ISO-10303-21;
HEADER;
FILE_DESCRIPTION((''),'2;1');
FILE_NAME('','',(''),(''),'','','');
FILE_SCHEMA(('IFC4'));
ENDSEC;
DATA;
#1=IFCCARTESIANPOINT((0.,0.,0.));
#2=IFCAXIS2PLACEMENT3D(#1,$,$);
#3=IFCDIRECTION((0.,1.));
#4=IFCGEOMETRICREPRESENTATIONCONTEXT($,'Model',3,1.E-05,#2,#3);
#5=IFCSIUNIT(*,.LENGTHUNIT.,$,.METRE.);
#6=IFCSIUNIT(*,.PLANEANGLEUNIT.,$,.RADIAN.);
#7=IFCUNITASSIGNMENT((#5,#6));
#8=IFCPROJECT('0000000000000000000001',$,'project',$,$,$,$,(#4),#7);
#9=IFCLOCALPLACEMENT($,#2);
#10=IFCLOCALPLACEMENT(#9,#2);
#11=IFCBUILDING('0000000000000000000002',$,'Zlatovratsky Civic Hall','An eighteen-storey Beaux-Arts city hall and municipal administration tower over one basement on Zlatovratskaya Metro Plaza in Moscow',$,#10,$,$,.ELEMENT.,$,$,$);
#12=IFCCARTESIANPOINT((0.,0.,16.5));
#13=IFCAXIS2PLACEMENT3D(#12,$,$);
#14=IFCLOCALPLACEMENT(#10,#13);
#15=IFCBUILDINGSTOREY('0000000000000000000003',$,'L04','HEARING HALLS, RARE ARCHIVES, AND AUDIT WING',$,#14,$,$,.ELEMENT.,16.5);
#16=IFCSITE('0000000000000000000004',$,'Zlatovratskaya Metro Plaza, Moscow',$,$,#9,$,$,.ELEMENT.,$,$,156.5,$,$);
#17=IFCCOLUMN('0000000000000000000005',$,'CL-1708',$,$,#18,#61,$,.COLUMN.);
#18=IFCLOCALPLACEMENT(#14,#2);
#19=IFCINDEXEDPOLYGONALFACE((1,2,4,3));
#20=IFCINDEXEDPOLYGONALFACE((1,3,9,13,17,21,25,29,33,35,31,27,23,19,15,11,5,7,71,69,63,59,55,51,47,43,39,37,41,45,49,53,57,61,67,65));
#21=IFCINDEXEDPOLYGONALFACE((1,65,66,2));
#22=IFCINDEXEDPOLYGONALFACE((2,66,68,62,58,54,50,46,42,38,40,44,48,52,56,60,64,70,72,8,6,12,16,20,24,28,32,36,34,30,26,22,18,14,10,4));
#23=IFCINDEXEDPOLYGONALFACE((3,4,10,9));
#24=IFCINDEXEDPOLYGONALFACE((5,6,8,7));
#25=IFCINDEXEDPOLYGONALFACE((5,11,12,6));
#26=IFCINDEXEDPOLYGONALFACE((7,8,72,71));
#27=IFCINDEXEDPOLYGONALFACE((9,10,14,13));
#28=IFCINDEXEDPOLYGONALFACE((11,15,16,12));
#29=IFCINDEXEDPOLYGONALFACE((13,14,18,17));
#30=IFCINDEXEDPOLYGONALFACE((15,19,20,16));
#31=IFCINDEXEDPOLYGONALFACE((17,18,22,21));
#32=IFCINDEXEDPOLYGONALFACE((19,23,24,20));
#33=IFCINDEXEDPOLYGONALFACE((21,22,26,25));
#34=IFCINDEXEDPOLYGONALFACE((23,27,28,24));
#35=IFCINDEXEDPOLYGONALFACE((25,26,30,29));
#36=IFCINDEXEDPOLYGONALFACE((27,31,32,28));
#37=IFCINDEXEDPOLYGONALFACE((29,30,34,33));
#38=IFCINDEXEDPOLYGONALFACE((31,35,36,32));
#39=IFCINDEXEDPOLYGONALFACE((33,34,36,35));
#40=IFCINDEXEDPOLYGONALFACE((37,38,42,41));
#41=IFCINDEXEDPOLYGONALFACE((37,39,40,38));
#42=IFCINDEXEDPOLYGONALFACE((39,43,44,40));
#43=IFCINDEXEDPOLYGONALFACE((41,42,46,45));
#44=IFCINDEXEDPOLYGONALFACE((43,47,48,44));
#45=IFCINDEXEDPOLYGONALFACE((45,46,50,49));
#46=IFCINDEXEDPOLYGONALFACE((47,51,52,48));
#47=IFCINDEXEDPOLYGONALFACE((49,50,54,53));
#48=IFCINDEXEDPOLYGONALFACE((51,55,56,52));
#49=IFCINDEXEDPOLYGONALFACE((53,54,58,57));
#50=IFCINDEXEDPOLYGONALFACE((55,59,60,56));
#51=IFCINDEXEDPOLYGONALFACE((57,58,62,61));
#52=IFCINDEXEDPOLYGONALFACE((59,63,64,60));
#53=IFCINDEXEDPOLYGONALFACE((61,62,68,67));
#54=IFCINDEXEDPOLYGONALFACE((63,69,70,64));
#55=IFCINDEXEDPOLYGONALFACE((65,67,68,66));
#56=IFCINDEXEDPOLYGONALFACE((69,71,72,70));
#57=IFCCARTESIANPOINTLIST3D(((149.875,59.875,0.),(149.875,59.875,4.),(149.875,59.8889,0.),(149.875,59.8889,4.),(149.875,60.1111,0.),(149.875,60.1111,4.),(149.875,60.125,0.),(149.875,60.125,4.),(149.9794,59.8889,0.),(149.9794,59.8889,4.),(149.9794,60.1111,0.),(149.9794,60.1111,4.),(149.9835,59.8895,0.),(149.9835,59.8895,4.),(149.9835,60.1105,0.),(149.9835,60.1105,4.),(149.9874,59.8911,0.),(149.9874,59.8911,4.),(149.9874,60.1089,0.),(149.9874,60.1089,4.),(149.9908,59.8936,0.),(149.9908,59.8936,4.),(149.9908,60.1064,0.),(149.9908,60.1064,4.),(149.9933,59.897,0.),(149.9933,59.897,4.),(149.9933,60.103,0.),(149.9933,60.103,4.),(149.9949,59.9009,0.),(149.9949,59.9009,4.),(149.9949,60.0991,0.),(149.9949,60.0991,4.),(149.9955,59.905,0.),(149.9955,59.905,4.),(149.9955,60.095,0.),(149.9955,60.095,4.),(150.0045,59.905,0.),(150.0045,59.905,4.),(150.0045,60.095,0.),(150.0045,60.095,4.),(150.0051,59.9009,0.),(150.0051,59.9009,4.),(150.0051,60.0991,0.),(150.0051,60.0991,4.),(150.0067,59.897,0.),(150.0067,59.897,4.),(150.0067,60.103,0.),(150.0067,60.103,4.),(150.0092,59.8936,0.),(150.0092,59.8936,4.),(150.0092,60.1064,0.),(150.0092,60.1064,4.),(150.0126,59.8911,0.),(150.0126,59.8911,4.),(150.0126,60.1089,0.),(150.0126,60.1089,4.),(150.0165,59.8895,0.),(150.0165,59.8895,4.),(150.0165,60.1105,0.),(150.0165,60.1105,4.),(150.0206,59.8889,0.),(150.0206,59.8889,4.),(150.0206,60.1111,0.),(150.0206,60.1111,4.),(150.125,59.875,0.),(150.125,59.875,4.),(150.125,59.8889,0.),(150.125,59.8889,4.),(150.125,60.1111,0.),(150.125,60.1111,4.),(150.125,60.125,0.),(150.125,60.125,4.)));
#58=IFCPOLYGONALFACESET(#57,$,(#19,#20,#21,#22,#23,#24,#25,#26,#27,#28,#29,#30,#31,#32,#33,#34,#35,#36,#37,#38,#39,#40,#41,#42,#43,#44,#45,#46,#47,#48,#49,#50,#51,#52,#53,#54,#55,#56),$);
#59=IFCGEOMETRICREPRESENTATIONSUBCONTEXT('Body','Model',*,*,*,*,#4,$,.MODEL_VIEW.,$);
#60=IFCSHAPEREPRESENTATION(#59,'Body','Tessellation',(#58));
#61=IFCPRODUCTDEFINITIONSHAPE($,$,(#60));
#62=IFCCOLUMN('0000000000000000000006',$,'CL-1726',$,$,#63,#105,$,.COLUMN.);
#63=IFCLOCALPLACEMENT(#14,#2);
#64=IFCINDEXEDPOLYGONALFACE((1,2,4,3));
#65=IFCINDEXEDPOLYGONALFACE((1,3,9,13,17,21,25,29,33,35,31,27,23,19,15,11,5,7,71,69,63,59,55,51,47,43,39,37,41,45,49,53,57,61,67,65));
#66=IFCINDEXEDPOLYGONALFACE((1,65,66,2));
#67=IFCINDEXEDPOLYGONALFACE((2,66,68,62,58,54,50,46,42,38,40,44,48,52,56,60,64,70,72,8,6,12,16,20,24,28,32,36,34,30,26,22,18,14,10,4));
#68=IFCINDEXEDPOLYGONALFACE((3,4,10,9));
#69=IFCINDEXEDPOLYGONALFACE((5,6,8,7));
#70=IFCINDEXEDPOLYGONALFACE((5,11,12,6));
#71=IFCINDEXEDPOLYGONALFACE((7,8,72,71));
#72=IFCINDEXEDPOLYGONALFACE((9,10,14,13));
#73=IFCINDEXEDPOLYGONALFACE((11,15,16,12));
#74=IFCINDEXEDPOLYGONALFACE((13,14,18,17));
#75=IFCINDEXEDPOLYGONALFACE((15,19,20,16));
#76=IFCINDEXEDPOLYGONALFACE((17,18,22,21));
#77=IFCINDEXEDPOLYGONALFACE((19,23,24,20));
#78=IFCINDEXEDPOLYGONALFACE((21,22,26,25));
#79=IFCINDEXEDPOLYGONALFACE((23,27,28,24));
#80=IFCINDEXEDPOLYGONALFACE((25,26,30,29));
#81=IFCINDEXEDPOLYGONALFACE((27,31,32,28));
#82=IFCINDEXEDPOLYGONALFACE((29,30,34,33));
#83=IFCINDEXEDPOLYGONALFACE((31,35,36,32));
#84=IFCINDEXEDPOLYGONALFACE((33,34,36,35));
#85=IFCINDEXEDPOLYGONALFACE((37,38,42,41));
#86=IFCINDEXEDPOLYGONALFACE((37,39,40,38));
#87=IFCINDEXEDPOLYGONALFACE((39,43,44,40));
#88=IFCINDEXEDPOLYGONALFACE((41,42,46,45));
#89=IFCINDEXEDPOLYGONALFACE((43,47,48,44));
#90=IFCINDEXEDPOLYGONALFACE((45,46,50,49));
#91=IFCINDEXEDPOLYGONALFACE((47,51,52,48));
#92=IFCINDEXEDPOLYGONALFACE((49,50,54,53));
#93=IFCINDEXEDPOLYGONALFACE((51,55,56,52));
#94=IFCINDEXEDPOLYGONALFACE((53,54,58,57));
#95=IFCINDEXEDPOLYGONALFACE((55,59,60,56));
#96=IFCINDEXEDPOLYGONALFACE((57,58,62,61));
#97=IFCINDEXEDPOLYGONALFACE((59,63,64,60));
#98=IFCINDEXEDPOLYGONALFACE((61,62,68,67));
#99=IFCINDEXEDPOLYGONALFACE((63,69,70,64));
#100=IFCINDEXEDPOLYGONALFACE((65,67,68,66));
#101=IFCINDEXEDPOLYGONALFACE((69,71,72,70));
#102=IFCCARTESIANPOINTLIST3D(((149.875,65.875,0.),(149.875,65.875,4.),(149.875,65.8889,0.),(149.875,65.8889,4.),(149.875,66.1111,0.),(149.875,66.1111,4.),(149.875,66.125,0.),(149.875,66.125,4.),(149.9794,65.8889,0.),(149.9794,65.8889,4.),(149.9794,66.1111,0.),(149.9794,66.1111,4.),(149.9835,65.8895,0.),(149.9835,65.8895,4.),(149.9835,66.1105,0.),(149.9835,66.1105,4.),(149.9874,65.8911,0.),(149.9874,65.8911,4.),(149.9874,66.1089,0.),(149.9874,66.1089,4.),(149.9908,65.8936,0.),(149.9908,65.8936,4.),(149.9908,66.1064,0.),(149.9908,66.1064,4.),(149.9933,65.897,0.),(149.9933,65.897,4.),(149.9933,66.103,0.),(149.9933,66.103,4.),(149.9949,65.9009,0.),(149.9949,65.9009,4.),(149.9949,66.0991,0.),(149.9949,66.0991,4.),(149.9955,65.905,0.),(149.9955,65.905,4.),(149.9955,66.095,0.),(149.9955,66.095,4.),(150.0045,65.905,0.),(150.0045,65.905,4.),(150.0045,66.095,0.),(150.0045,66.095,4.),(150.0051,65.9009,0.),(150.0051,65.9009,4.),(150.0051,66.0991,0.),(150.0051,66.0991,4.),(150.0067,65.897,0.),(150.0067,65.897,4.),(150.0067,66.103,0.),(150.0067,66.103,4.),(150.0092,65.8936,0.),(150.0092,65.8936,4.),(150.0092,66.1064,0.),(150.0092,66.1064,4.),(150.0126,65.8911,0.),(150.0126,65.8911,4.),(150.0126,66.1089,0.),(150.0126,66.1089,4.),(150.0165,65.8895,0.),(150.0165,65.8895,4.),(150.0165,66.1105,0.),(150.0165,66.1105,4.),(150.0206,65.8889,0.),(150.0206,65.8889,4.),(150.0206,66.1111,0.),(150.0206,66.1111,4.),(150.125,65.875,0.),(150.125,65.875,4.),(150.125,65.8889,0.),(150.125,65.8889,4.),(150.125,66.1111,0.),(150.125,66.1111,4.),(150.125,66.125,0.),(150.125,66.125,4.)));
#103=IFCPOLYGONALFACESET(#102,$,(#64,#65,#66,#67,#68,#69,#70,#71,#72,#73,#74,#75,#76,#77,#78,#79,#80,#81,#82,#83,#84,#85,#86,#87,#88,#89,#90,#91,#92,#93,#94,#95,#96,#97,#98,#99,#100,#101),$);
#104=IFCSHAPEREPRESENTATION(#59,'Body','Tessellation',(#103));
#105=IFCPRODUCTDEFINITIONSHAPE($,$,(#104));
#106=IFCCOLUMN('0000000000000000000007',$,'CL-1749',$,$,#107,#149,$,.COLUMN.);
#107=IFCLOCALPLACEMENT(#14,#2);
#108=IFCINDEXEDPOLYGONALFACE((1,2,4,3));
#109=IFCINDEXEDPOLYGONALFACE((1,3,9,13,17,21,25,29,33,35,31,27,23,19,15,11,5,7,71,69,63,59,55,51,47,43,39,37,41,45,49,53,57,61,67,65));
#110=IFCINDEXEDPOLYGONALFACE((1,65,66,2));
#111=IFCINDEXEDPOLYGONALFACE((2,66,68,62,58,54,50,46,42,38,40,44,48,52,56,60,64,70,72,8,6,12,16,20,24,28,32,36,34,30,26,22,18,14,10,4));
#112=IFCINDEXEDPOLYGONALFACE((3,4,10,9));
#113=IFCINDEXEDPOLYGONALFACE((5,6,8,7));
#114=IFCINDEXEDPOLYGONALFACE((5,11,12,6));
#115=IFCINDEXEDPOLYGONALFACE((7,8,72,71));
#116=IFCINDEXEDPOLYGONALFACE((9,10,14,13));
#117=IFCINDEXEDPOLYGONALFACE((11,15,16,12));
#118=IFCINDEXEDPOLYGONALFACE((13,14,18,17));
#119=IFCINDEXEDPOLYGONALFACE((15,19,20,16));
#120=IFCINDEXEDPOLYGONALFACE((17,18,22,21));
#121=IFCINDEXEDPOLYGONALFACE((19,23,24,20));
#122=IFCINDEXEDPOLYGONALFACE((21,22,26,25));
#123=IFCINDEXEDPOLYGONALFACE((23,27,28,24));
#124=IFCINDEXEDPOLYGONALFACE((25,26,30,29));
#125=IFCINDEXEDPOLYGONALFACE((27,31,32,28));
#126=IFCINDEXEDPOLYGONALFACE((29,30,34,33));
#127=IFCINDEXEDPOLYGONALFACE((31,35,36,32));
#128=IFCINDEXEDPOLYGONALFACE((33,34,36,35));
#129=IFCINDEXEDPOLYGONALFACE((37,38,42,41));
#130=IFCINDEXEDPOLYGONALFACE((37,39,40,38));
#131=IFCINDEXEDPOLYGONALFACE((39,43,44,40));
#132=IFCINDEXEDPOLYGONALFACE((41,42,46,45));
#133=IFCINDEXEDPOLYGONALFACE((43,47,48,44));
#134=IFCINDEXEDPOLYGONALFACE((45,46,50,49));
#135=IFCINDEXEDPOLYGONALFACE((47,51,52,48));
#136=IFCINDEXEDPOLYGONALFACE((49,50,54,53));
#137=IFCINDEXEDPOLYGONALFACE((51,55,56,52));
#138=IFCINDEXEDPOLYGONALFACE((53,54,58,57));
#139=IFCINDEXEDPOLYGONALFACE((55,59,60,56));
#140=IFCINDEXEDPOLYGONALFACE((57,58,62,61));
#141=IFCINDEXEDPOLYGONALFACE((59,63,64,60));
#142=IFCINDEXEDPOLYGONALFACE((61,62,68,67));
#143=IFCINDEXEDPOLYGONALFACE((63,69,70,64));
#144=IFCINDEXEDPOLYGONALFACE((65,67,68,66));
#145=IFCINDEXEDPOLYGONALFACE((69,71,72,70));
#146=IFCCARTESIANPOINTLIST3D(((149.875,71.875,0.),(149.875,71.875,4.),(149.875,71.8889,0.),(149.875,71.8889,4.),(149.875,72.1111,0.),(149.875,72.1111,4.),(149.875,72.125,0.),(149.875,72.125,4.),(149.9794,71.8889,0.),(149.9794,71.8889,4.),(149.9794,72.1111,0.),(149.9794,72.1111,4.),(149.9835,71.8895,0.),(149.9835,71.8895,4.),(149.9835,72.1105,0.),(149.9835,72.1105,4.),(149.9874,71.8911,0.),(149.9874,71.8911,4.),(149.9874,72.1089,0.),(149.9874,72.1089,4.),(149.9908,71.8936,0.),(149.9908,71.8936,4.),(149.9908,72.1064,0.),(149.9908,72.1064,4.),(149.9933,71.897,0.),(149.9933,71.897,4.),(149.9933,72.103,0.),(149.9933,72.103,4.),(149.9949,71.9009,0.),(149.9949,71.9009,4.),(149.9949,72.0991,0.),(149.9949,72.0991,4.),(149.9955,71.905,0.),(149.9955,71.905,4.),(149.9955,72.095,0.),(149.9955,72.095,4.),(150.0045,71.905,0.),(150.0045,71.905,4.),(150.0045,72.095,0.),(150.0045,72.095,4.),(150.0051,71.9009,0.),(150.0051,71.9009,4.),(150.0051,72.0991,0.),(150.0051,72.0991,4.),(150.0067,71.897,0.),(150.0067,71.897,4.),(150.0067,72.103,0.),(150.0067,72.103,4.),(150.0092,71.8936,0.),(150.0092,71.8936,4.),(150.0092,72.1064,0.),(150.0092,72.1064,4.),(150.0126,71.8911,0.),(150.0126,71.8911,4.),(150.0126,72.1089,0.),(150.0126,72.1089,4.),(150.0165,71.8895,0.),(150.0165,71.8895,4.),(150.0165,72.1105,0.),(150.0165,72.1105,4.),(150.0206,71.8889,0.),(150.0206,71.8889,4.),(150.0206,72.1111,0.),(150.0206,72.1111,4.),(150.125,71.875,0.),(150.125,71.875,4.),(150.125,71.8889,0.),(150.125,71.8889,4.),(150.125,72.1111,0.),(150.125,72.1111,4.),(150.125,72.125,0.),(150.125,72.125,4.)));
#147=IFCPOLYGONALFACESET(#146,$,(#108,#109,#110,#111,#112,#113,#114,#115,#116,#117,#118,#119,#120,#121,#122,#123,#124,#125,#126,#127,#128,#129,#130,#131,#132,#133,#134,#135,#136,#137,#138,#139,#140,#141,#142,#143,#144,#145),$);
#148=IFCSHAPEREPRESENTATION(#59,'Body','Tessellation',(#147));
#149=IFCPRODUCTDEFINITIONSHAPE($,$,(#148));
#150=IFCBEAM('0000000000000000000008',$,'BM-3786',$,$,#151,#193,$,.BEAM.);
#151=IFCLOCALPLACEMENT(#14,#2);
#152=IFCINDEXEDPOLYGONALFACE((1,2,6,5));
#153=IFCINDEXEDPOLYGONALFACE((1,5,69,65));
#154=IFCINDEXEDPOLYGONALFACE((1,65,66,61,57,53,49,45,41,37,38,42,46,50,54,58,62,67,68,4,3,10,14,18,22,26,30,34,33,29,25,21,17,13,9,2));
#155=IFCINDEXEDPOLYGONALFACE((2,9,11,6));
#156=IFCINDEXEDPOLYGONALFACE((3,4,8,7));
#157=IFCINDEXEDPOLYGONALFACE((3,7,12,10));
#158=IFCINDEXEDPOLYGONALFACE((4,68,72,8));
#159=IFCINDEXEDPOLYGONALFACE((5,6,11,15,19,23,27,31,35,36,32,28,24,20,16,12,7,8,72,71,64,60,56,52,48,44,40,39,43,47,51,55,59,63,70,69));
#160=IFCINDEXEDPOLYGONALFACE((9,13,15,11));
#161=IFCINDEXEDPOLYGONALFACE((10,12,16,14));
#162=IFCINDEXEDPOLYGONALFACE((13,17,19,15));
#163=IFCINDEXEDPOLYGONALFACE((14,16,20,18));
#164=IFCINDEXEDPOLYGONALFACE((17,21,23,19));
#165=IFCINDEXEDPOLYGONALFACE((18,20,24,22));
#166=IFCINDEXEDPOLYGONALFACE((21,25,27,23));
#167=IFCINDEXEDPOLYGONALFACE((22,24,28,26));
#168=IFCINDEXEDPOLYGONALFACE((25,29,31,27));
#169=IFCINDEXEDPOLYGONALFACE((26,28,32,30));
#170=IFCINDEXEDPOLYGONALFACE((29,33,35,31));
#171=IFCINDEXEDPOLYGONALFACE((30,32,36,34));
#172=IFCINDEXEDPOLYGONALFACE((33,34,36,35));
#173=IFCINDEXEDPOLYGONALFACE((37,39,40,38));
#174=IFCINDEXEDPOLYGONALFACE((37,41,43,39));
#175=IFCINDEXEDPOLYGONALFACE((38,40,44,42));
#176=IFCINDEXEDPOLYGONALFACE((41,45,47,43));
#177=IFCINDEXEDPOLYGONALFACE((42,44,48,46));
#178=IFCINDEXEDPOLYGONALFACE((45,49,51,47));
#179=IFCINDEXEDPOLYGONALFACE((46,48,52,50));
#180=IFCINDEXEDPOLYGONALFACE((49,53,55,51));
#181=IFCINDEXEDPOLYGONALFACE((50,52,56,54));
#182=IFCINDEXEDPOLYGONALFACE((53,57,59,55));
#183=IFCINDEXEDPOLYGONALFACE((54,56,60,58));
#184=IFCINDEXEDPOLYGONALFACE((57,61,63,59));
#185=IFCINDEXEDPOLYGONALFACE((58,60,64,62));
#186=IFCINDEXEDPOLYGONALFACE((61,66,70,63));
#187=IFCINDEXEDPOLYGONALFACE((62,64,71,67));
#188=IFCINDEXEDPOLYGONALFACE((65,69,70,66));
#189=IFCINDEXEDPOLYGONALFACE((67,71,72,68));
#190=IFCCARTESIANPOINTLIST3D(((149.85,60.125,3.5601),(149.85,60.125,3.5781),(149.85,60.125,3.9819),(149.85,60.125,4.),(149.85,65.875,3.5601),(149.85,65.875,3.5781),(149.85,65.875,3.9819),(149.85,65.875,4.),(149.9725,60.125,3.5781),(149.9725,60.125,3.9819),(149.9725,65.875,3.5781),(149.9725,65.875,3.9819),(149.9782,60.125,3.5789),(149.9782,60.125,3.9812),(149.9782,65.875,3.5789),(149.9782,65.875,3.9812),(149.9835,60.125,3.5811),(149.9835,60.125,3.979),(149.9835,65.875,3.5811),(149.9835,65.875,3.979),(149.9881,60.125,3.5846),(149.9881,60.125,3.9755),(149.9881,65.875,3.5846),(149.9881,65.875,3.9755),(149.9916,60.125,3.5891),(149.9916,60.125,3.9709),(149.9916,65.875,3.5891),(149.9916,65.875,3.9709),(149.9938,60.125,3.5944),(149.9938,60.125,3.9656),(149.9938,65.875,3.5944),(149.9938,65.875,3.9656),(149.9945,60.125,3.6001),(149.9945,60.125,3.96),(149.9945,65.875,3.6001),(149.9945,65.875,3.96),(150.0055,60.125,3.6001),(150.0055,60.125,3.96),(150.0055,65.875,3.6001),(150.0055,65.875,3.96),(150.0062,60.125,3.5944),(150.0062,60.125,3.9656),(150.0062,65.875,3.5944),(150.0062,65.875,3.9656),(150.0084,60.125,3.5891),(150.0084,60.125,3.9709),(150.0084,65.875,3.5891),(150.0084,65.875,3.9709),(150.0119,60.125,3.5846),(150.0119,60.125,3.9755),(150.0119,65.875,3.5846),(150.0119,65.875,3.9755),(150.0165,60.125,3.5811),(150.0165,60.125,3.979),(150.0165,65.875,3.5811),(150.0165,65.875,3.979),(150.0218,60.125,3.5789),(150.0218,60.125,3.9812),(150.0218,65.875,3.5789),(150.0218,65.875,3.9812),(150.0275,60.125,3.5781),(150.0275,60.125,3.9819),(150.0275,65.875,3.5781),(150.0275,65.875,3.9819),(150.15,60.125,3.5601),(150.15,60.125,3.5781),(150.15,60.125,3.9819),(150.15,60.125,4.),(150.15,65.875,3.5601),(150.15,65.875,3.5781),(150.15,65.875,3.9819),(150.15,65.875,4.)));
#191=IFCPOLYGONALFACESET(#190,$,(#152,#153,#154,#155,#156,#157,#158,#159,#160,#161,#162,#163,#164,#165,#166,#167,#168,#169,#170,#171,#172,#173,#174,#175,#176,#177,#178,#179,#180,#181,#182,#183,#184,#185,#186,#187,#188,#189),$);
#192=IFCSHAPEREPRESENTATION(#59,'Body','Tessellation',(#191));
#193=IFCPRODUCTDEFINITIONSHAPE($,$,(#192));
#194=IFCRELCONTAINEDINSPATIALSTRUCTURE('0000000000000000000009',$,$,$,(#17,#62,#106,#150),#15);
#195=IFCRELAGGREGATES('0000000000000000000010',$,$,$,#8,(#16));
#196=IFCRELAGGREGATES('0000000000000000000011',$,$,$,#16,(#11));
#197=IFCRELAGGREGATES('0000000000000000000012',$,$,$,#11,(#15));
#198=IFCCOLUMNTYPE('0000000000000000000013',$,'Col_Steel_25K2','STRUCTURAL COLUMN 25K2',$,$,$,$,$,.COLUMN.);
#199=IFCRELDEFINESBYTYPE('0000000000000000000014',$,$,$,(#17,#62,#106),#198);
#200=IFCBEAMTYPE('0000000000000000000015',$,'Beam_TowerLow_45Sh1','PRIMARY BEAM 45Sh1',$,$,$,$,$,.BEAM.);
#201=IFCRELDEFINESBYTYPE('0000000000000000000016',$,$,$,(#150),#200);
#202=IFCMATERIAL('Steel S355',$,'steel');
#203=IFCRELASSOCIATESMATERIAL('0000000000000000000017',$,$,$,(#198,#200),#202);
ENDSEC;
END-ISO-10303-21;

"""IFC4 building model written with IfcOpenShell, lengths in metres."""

from ifc_helpers import new_model, si_unit, direction, frame, origin, origin_2d, place, context, subcontext, project, spatial, i_section, extrude, material, material_profile, profile_set, type_object, element, save


model = new_model("IFC4")

# Units and contexts
model_context = context("Model", 3, precision=1e-05, world=origin(), true_north=direction((0.0, 1.0)))
body_context = subcontext(model_context, "Body", "Model", "MODEL_VIEW")
ifc_project = project(units=[si_unit("LENGTHUNIT", "METRE"), si_unit("PLANEANGLEUNIT", "RADIAN")], contexts=[model_context])

# Site, building, storey
site_placement = place(None, origin())
site = spatial("IfcSite", under=ifc_project, at=site_placement, Name="Zlatovratskaya Metro Plaza, Moscow", CompositionType="ELEMENT", RefElevation=156.5)
building_placement = place(site_placement, origin())
building = spatial("IfcBuilding", under=site, at=building_placement, Name="Zlatovratsky Civic Hall", Description="An eighteen-storey Beaux-Arts city hall and municipal administration tower over one basement on Zlatovratskaya Metro Plaza in Moscow", CompositionType="ELEMENT")
storey_placement = place(building_placement, frame((0.0, 0.0, 16.5)))
storey = spatial("IfcBuildingStorey", under=building, at=storey_placement, Name="L04", Description="HEARING HALLS, RARE ARCHIVES, AND AUDIT WING", CompositionType="ELEMENT", Elevation=16.5)

# Columns
ifc_material_1 = material(Name="Steel S355", Category="steel")
ifc_material_profile_1 = material_profile(ifc_material_1, i_section(OverallWidth=0.25, OverallDepth=0.25, WebThickness=0.009, FlangeThickness=0.0139, FilletRadius=0.0161, at=origin_2d()), Name="25K2")
ifc_profile_set_1 = profile_set([ifc_material_profile_1], Name="Steel S355")
column_type = type_object("IfcColumnType", Name="Col_Steel_25K2", Description="STRUCTURAL COLUMN 25K2", PredefinedType="COLUMN", material=ifc_profile_set_1)
for number, where, z_axis, x_axis, name in (
    (1, (150.0, 60.0, 0.0), (0.0, 0.0, 1.0), (1.0, 0.0, 0.0), "CL-1708"),
    (2, (150.0, 66.0, 0.0), (0.0, 0.0, 1.0), (1.0, 0.0, 0.0), "CL-1726"),
    (3, (150.0, 72.0, 0.0), (0.0, 0.0, 1.0), (1.0, 0.0, 0.0), "CL-1749"),
):
    element("IfcColumn", number, at=place(storey_placement, frame(where, z_axis=z_axis, x_axis=x_axis)), inside=storey, type_object=column_type, Name=name, PredefinedType="COLUMN", context=body_context, shape_type="SweptSolid", body=[
        extrude(i_section(OverallWidth=0.25, OverallDepth=0.25, WebThickness=0.009, FlangeThickness=0.0139, FilletRadius=0.0161, at=origin_2d()), origin(), (0.0, 0.0, 1.0), 4.0),
    ])

# Beam
ifc_material_profile_2 = material_profile(ifc_material_1, i_section(OverallWidth=0.3, OverallDepth=0.4399, WebThickness=0.011, FlangeThickness=0.0181, FilletRadius=0.022, at=origin_2d()), Name="45Sh1")
ifc_profile_set_2 = profile_set([ifc_material_profile_2], Name="Steel S355")
beam_type = type_object("IfcBeamType", Name="Beam_TowerLow_45Sh1", Description="PRIMARY BEAM 45Sh1", PredefinedType="BEAM", material=ifc_profile_set_2)
for number, where, z_axis, x_axis, name in (
    (4, (150.0, 60.125, 3.78), (0.0, 1.0, 0.0), (-1.0, 0.0, 0.0), "BM-3786"),
):
    element("IfcBeam", number, at=place(storey_placement, frame(where, z_axis=z_axis, x_axis=x_axis)), inside=storey, type_object=beam_type, Name=name, PredefinedType="BEAM", context=body_context, shape_type="SweptSolid", body=[
        extrude(i_section(OverallWidth=0.3, OverallDepth=0.4399, WebThickness=0.011, FlangeThickness=0.0181, FilletRadius=0.022, at=origin_2d()), origin(), (0.0, 0.0, 1.0), 5.75),
    ])

save(model, "model.ifc")
